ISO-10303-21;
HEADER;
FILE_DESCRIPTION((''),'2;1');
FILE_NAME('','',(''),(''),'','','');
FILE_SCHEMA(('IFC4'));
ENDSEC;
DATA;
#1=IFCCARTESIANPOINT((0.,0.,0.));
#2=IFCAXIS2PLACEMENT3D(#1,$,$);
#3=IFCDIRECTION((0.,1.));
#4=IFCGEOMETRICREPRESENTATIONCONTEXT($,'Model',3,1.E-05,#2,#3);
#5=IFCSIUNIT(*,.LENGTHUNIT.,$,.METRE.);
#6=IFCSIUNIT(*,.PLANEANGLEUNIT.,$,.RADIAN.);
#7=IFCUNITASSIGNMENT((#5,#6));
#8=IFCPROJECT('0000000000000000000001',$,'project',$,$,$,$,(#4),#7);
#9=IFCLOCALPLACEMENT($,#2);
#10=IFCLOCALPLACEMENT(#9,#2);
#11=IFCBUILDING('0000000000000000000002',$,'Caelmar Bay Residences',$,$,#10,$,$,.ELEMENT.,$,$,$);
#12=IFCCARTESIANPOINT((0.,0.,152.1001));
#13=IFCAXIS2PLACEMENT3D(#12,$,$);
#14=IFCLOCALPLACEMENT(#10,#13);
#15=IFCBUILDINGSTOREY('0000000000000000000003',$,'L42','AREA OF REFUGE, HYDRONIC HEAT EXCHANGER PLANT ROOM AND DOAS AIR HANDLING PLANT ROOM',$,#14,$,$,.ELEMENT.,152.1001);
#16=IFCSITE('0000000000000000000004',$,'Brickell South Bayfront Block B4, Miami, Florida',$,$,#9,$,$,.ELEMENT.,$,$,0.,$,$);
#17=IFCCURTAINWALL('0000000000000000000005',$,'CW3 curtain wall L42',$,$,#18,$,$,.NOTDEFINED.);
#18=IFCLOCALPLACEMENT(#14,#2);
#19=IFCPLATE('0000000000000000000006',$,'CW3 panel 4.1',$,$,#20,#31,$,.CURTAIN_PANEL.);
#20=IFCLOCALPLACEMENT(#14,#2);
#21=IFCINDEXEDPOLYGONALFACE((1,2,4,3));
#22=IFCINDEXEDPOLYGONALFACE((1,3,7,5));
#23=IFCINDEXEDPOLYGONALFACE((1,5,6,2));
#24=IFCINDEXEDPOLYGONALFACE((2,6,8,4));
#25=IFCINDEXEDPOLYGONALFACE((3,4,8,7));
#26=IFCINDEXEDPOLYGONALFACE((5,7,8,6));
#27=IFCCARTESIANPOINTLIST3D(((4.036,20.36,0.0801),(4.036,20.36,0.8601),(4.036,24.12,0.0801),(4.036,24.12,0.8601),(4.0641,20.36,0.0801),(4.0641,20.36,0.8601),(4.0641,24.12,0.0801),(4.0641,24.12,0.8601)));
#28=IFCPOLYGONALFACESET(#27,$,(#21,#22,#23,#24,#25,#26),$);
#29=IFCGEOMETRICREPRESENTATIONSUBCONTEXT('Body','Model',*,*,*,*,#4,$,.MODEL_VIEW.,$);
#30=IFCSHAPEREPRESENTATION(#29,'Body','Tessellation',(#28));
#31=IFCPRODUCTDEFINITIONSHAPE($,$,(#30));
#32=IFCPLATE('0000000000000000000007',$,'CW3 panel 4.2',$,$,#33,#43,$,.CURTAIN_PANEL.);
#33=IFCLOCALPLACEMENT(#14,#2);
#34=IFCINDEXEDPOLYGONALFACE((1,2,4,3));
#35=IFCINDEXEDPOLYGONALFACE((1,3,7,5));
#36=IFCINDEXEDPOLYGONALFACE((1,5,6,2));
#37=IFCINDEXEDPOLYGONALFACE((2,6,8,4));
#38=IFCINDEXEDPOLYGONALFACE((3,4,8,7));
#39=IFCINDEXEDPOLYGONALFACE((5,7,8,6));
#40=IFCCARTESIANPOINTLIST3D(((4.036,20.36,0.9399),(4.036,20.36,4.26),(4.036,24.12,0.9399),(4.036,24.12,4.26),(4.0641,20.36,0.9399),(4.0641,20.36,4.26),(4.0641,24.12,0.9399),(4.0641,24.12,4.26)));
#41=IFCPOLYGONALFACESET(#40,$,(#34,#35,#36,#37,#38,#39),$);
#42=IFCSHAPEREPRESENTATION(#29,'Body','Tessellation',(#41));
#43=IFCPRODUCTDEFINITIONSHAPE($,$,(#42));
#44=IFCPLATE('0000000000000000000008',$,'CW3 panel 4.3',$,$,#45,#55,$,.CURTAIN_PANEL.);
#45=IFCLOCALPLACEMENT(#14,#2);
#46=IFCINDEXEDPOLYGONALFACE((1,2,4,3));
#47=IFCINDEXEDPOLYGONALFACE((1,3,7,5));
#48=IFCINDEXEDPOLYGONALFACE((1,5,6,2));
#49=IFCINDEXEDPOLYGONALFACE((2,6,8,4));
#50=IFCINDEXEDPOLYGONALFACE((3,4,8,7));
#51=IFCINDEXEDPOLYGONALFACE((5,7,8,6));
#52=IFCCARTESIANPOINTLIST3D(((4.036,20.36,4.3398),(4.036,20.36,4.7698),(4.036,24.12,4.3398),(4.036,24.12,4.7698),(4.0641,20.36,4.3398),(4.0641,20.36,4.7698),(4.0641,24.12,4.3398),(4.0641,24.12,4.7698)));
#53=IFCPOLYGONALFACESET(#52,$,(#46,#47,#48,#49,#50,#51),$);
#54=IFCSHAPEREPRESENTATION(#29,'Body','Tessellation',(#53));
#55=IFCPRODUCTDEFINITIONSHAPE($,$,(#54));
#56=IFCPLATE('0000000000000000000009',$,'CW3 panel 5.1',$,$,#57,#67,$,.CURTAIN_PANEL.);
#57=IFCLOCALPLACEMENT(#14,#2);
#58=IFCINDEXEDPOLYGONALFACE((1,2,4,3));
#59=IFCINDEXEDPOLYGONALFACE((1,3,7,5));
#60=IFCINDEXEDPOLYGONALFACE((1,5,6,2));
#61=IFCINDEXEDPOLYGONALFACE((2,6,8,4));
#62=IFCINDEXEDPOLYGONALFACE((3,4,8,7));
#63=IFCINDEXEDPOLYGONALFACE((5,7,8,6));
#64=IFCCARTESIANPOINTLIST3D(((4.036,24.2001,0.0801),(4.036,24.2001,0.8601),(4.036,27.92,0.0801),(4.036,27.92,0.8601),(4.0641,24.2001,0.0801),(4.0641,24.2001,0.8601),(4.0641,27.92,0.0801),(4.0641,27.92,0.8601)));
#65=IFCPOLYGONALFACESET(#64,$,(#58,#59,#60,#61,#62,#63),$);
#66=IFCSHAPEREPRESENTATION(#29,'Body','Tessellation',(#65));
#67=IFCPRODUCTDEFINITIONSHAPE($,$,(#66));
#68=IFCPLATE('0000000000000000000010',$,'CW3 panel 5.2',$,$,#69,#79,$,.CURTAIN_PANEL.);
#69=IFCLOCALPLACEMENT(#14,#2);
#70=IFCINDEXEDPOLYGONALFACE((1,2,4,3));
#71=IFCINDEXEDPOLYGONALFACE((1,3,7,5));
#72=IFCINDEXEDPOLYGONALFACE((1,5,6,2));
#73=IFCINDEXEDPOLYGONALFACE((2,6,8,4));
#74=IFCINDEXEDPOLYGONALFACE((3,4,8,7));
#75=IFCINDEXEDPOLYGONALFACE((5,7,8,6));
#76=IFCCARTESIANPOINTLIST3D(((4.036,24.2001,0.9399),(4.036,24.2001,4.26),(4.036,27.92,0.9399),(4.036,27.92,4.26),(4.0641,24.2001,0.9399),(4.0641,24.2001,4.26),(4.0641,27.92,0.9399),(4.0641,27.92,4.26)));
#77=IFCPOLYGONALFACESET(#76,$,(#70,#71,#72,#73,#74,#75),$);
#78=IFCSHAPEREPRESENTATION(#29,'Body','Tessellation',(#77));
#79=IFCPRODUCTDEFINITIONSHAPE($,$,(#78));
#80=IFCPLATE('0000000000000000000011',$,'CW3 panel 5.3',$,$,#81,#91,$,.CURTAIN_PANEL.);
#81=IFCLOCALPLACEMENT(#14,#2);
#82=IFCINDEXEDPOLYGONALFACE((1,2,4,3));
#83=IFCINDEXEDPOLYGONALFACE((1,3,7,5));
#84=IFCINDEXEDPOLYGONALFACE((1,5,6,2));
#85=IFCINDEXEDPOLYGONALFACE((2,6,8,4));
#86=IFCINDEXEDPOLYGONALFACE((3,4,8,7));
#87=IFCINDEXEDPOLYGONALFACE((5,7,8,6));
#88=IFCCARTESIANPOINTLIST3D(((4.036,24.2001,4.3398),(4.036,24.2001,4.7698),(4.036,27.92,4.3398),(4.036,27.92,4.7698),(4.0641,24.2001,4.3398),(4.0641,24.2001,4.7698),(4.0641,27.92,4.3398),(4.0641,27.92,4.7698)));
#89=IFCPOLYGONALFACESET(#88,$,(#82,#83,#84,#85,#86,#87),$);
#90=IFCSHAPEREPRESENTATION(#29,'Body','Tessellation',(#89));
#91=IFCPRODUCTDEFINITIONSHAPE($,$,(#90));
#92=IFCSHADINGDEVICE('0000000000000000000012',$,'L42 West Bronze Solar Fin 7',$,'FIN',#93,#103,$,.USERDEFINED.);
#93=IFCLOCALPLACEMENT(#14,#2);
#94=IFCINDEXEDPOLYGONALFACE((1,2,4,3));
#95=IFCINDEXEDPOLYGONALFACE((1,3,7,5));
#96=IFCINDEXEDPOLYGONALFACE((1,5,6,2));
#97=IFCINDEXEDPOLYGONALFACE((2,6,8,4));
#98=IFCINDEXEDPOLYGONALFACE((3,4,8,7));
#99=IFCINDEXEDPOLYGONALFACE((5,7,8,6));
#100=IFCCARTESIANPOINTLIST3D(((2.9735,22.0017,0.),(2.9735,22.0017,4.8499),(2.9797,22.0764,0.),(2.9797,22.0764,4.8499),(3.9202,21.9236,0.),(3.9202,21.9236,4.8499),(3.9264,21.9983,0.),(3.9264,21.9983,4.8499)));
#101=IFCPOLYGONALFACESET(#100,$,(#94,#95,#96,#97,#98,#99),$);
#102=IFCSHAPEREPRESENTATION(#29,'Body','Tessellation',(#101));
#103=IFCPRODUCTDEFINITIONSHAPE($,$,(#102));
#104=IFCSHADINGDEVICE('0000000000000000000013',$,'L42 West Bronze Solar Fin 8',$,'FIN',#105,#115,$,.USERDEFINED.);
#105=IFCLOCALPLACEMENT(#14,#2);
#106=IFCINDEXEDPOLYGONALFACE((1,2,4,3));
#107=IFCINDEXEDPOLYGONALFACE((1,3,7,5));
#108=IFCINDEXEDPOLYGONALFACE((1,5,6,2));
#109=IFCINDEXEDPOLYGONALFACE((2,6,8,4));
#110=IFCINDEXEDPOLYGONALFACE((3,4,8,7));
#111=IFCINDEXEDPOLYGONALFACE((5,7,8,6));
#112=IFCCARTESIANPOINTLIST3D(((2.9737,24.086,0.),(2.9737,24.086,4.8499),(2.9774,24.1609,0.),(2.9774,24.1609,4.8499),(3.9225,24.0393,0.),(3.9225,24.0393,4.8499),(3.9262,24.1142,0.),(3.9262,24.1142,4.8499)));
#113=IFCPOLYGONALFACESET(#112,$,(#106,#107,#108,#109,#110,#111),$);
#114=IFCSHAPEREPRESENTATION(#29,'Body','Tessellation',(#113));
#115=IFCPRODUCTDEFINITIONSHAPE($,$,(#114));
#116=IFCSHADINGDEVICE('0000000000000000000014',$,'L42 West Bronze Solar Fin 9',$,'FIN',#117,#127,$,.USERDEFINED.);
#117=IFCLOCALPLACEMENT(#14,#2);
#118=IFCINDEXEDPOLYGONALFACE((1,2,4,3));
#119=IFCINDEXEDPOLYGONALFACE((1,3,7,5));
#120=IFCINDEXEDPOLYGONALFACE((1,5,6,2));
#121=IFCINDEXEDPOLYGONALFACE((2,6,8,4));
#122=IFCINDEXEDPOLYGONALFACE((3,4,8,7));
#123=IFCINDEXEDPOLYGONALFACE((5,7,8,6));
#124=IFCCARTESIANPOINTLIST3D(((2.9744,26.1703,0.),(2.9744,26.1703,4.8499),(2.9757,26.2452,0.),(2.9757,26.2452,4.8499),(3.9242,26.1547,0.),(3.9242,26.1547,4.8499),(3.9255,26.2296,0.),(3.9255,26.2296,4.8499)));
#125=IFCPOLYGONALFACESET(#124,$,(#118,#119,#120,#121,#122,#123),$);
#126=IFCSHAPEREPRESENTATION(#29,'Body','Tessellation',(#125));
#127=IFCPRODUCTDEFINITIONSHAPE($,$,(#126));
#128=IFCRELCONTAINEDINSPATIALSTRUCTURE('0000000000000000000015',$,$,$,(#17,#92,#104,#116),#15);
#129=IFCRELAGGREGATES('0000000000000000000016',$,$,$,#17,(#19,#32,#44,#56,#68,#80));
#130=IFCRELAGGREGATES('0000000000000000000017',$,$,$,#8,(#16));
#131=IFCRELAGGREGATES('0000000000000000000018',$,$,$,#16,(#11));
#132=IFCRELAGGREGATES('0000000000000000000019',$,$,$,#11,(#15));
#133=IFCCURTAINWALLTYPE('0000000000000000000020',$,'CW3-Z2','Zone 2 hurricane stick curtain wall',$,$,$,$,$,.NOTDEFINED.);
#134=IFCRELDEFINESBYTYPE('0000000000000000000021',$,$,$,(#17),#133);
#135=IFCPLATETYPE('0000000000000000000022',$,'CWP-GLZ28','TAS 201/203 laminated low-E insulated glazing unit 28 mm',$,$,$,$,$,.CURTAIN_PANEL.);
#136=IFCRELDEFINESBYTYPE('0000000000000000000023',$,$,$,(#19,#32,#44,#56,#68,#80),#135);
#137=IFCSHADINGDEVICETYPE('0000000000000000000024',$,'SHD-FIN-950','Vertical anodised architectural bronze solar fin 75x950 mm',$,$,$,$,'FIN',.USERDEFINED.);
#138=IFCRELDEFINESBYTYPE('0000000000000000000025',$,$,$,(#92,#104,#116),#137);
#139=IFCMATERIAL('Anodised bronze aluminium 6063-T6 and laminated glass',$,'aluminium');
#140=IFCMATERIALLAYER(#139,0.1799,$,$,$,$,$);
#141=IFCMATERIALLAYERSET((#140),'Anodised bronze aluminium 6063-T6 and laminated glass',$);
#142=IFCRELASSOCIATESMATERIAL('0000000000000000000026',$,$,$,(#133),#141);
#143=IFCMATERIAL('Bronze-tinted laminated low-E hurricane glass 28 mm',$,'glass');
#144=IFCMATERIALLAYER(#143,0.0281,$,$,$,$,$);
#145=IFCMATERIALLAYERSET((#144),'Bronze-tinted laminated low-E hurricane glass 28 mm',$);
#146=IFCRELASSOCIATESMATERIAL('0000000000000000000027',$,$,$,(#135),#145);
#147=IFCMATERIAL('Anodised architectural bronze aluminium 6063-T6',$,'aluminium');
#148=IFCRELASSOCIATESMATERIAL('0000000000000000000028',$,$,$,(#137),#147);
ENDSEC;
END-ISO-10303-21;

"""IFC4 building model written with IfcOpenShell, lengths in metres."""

from ifc_helpers import new_model, si_unit, direction, frame, origin, origin_2d, place, context, subcontext, project, spatial, rectangle, extrude, material, layer, layer_set, material_profile, profile_set, type_object, element, aggregate, save


model = new_model("IFC4")

# Units and contexts
model_context = context("Model", 3, precision=1e-05, world=origin(), true_north=direction((0.0, 1.0)))
body_context = subcontext(model_context, "Body", "Model", "MODEL_VIEW")
ifc_project = project(units=[si_unit("LENGTHUNIT", "METRE"), si_unit("PLANEANGLEUNIT", "RADIAN")], contexts=[model_context])

# Site, building, storey
site_placement = place(None, origin())
site = spatial("IfcSite", under=ifc_project, at=site_placement, Name="Brickell South Bayfront Block B4, Miami, Florida", CompositionType="ELEMENT", RefElevation=0.0)
building_placement = place(site_placement, origin())
building = spatial("IfcBuilding", under=site, at=building_placement, Name="Caelmar Bay Residences", CompositionType="ELEMENT")
storey_placement = place(building_placement, frame((0.0, 0.0, 152.1001)))
storey = spatial("IfcBuildingStorey", under=building, at=storey_placement, Name="L42", Description="AREA OF REFUGE, HYDRONIC HEAT EXCHANGER PLANT ROOM AND DOAS AIR HANDLING PLANT ROOM", CompositionType="ELEMENT", Elevation=152.1001)

# Curtain wall
ifc_material_1 = material(Name="Anodised bronze aluminium 6063-T6 and laminated glass", Category="aluminium")
ifc_layer_1 = layer(ifc_material_1, 0.1799)
ifc_layer_set_1 = layer_set([ifc_layer_1], Name="Anodised bronze aluminium 6063-T6 and laminated glass")
curtain_wall_type = type_object("IfcCurtainWallType", Name="CW3-Z2", Description="Zone 2 hurricane stick curtain wall", PredefinedType="NOTDEFINED", material=ifc_layer_set_1)
curtain_wall_placement = place(storey_placement, origin())
curtain_wall = element("IfcCurtainWall", 1, at=curtain_wall_placement, inside=storey, type_object=curtain_wall_type, Name="CW3 curtain wall L42", PredefinedType="NOTDEFINED")

# Plates
ifc_material_2 = material(Name="Bronze-tinted laminated low-E hurricane glass 28 mm", Category="glass")
ifc_layer_2 = layer(ifc_material_2, 0.0281)
ifc_layer_set_2 = layer_set([ifc_layer_2], Name="Bronze-tinted laminated low-E hurricane glass 28 mm")
plate_type = type_object("IfcPlateType", Name="CWP-GLZ28", Description="TAS 201/203 laminated low-E insulated glazing unit 28 mm", PredefinedType="CURTAIN_PANEL", material=ifc_layer_set_2)
plate_1_placement = place(storey_placement, frame((4.05, 22.24, 0.0801), z_axis=(0.0, 0.0, 1.0), x_axis=(0.0, 1.0, 0.0)))
plate_1 = element("IfcPlate", 2, at=plate_1_placement, type_object=plate_type, Name="CW3 panel 4.1", PredefinedType="CURTAIN_PANEL", context=body_context, shape_type="SweptSolid", body=[
    extrude(rectangle(XDim=3.76, YDim=0.0281, at=origin_2d()), origin(), (0.0, 0.0, 1.0), 0.78),
])
plate_2_placement = place(storey_placement, frame((4.05, 22.24, 0.9399), z_axis=(0.0, 0.0, 1.0), x_axis=(0.0, 1.0, 0.0)))
plate_2 = element("IfcPlate", 3, at=plate_2_placement, type_object=plate_type, Name="CW3 panel 4.2", PredefinedType="CURTAIN_PANEL", context=body_context, shape_type="SweptSolid", body=[
    extrude(rectangle(XDim=3.76, YDim=0.0281, at=origin_2d()), origin(), (0.0, 0.0, 1.0), 3.3201),
])
plate_3_placement = place(storey_placement, frame((4.05, 22.24, 4.3398), z_axis=(0.0, 0.0, 1.0), x_axis=(0.0, 1.0, 0.0)))
plate_3 = element("IfcPlate", 4, at=plate_3_placement, type_object=plate_type, Name="CW3 panel 4.3", PredefinedType="CURTAIN_PANEL", context=body_context, shape_type="SweptSolid", body=[
    extrude(rectangle(XDim=3.76, YDim=0.0281, at=origin_2d()), origin(), (0.0, 0.0, 1.0), 0.4299),
])
plate_4_placement = place(storey_placement, frame((4.05, 26.0601, 0.0801), z_axis=(0.0, 0.0, 1.0), x_axis=(0.0, 1.0, 0.0)))
plate_4 = element("IfcPlate", 5, at=plate_4_placement, type_object=plate_type, Name="CW3 panel 5.1", PredefinedType="CURTAIN_PANEL", context=body_context, shape_type="SweptSolid", body=[
    extrude(rectangle(XDim=3.72, YDim=0.0281, at=origin_2d()), origin(), (0.0, 0.0, 1.0), 0.78),
])
plate_5_placement = place(storey_placement, frame((4.05, 26.0601, 0.9399), z_axis=(0.0, 0.0, 1.0), x_axis=(0.0, 1.0, 0.0)))
plate_5 = element("IfcPlate", 6, at=plate_5_placement, type_object=plate_type, Name="CW3 panel 5.2", PredefinedType="CURTAIN_PANEL", context=body_context, shape_type="SweptSolid", body=[
    extrude(rectangle(XDim=3.72, YDim=0.0281, at=origin_2d()), origin(), (0.0, 0.0, 1.0), 3.3201),
])
plate_6_placement = place(storey_placement, frame((4.05, 26.0601, 4.3398), z_axis=(0.0, 0.0, 1.0), x_axis=(0.0, 1.0, 0.0)))
plate_6 = element("IfcPlate", 7, at=plate_6_placement, type_object=plate_type, Name="CW3 panel 5.3", PredefinedType="CURTAIN_PANEL", context=body_context, shape_type="SweptSolid", body=[
    extrude(rectangle(XDim=3.72, YDim=0.0281, at=origin_2d()), origin(), (0.0, 0.0, 1.0), 0.4299),
])
aggregate(curtain_wall, [plate_1, plate_2, plate_3, plate_4, plate_5, plate_6])

# Shading devices
ifc_material_3 = material(Name="Anodised architectural bronze aluminium 6063-T6", Category="aluminium")
ifc_material_profile_1 = material_profile(ifc_material_3, rectangle(XDim=0.075, YDim=0.95, at=origin_2d()), Name="BRONZE-FIN-75X950")
ifc_profile_set_1 = profile_set([ifc_material_profile_1], Name="Anodised architectural bronze aluminium 6063-T6")
shading_device_type = type_object("IfcShadingDeviceType", Name="SHD-FIN-950", Description="Vertical anodised architectural bronze solar fin 75x950 mm", ElementType="FIN", PredefinedType="USERDEFINED", material=ifc_profile_set_1)
for number, where, z_axis, x_axis, name in (
    (8, (3.45, 22.0, 0.0), (0.0, 0.0, 1.0), (0.082112, 0.996623, 0.0), "L42 West Bronze Solar Fin 7"),
    (9, (3.45, 24.1001, 0.0), (0.0, 0.0, 1.0), (0.049198, 0.998789, 0.0), "L42 West Bronze Solar Fin 8"),
    (10, (3.45, 26.2, 0.0), (0.0, 0.0, 1.0), (0.016405, 0.999865, 0.0), "L42 West Bronze Solar Fin 9"),
):
    element("IfcShadingDevice", number, at=place(storey_placement, frame(where, z_axis=z_axis, x_axis=x_axis)), inside=storey, type_object=shading_device_type, Name=name, ObjectType="FIN", PredefinedType="USERDEFINED", context=body_context, shape_type="SweptSolid", body=[
        extrude(rectangle(XDim=0.075, YDim=0.95, at=origin_2d()), origin(), (0.0, 0.0, 1.0), 4.8499),
    ])

save(model, "model.ifc")
